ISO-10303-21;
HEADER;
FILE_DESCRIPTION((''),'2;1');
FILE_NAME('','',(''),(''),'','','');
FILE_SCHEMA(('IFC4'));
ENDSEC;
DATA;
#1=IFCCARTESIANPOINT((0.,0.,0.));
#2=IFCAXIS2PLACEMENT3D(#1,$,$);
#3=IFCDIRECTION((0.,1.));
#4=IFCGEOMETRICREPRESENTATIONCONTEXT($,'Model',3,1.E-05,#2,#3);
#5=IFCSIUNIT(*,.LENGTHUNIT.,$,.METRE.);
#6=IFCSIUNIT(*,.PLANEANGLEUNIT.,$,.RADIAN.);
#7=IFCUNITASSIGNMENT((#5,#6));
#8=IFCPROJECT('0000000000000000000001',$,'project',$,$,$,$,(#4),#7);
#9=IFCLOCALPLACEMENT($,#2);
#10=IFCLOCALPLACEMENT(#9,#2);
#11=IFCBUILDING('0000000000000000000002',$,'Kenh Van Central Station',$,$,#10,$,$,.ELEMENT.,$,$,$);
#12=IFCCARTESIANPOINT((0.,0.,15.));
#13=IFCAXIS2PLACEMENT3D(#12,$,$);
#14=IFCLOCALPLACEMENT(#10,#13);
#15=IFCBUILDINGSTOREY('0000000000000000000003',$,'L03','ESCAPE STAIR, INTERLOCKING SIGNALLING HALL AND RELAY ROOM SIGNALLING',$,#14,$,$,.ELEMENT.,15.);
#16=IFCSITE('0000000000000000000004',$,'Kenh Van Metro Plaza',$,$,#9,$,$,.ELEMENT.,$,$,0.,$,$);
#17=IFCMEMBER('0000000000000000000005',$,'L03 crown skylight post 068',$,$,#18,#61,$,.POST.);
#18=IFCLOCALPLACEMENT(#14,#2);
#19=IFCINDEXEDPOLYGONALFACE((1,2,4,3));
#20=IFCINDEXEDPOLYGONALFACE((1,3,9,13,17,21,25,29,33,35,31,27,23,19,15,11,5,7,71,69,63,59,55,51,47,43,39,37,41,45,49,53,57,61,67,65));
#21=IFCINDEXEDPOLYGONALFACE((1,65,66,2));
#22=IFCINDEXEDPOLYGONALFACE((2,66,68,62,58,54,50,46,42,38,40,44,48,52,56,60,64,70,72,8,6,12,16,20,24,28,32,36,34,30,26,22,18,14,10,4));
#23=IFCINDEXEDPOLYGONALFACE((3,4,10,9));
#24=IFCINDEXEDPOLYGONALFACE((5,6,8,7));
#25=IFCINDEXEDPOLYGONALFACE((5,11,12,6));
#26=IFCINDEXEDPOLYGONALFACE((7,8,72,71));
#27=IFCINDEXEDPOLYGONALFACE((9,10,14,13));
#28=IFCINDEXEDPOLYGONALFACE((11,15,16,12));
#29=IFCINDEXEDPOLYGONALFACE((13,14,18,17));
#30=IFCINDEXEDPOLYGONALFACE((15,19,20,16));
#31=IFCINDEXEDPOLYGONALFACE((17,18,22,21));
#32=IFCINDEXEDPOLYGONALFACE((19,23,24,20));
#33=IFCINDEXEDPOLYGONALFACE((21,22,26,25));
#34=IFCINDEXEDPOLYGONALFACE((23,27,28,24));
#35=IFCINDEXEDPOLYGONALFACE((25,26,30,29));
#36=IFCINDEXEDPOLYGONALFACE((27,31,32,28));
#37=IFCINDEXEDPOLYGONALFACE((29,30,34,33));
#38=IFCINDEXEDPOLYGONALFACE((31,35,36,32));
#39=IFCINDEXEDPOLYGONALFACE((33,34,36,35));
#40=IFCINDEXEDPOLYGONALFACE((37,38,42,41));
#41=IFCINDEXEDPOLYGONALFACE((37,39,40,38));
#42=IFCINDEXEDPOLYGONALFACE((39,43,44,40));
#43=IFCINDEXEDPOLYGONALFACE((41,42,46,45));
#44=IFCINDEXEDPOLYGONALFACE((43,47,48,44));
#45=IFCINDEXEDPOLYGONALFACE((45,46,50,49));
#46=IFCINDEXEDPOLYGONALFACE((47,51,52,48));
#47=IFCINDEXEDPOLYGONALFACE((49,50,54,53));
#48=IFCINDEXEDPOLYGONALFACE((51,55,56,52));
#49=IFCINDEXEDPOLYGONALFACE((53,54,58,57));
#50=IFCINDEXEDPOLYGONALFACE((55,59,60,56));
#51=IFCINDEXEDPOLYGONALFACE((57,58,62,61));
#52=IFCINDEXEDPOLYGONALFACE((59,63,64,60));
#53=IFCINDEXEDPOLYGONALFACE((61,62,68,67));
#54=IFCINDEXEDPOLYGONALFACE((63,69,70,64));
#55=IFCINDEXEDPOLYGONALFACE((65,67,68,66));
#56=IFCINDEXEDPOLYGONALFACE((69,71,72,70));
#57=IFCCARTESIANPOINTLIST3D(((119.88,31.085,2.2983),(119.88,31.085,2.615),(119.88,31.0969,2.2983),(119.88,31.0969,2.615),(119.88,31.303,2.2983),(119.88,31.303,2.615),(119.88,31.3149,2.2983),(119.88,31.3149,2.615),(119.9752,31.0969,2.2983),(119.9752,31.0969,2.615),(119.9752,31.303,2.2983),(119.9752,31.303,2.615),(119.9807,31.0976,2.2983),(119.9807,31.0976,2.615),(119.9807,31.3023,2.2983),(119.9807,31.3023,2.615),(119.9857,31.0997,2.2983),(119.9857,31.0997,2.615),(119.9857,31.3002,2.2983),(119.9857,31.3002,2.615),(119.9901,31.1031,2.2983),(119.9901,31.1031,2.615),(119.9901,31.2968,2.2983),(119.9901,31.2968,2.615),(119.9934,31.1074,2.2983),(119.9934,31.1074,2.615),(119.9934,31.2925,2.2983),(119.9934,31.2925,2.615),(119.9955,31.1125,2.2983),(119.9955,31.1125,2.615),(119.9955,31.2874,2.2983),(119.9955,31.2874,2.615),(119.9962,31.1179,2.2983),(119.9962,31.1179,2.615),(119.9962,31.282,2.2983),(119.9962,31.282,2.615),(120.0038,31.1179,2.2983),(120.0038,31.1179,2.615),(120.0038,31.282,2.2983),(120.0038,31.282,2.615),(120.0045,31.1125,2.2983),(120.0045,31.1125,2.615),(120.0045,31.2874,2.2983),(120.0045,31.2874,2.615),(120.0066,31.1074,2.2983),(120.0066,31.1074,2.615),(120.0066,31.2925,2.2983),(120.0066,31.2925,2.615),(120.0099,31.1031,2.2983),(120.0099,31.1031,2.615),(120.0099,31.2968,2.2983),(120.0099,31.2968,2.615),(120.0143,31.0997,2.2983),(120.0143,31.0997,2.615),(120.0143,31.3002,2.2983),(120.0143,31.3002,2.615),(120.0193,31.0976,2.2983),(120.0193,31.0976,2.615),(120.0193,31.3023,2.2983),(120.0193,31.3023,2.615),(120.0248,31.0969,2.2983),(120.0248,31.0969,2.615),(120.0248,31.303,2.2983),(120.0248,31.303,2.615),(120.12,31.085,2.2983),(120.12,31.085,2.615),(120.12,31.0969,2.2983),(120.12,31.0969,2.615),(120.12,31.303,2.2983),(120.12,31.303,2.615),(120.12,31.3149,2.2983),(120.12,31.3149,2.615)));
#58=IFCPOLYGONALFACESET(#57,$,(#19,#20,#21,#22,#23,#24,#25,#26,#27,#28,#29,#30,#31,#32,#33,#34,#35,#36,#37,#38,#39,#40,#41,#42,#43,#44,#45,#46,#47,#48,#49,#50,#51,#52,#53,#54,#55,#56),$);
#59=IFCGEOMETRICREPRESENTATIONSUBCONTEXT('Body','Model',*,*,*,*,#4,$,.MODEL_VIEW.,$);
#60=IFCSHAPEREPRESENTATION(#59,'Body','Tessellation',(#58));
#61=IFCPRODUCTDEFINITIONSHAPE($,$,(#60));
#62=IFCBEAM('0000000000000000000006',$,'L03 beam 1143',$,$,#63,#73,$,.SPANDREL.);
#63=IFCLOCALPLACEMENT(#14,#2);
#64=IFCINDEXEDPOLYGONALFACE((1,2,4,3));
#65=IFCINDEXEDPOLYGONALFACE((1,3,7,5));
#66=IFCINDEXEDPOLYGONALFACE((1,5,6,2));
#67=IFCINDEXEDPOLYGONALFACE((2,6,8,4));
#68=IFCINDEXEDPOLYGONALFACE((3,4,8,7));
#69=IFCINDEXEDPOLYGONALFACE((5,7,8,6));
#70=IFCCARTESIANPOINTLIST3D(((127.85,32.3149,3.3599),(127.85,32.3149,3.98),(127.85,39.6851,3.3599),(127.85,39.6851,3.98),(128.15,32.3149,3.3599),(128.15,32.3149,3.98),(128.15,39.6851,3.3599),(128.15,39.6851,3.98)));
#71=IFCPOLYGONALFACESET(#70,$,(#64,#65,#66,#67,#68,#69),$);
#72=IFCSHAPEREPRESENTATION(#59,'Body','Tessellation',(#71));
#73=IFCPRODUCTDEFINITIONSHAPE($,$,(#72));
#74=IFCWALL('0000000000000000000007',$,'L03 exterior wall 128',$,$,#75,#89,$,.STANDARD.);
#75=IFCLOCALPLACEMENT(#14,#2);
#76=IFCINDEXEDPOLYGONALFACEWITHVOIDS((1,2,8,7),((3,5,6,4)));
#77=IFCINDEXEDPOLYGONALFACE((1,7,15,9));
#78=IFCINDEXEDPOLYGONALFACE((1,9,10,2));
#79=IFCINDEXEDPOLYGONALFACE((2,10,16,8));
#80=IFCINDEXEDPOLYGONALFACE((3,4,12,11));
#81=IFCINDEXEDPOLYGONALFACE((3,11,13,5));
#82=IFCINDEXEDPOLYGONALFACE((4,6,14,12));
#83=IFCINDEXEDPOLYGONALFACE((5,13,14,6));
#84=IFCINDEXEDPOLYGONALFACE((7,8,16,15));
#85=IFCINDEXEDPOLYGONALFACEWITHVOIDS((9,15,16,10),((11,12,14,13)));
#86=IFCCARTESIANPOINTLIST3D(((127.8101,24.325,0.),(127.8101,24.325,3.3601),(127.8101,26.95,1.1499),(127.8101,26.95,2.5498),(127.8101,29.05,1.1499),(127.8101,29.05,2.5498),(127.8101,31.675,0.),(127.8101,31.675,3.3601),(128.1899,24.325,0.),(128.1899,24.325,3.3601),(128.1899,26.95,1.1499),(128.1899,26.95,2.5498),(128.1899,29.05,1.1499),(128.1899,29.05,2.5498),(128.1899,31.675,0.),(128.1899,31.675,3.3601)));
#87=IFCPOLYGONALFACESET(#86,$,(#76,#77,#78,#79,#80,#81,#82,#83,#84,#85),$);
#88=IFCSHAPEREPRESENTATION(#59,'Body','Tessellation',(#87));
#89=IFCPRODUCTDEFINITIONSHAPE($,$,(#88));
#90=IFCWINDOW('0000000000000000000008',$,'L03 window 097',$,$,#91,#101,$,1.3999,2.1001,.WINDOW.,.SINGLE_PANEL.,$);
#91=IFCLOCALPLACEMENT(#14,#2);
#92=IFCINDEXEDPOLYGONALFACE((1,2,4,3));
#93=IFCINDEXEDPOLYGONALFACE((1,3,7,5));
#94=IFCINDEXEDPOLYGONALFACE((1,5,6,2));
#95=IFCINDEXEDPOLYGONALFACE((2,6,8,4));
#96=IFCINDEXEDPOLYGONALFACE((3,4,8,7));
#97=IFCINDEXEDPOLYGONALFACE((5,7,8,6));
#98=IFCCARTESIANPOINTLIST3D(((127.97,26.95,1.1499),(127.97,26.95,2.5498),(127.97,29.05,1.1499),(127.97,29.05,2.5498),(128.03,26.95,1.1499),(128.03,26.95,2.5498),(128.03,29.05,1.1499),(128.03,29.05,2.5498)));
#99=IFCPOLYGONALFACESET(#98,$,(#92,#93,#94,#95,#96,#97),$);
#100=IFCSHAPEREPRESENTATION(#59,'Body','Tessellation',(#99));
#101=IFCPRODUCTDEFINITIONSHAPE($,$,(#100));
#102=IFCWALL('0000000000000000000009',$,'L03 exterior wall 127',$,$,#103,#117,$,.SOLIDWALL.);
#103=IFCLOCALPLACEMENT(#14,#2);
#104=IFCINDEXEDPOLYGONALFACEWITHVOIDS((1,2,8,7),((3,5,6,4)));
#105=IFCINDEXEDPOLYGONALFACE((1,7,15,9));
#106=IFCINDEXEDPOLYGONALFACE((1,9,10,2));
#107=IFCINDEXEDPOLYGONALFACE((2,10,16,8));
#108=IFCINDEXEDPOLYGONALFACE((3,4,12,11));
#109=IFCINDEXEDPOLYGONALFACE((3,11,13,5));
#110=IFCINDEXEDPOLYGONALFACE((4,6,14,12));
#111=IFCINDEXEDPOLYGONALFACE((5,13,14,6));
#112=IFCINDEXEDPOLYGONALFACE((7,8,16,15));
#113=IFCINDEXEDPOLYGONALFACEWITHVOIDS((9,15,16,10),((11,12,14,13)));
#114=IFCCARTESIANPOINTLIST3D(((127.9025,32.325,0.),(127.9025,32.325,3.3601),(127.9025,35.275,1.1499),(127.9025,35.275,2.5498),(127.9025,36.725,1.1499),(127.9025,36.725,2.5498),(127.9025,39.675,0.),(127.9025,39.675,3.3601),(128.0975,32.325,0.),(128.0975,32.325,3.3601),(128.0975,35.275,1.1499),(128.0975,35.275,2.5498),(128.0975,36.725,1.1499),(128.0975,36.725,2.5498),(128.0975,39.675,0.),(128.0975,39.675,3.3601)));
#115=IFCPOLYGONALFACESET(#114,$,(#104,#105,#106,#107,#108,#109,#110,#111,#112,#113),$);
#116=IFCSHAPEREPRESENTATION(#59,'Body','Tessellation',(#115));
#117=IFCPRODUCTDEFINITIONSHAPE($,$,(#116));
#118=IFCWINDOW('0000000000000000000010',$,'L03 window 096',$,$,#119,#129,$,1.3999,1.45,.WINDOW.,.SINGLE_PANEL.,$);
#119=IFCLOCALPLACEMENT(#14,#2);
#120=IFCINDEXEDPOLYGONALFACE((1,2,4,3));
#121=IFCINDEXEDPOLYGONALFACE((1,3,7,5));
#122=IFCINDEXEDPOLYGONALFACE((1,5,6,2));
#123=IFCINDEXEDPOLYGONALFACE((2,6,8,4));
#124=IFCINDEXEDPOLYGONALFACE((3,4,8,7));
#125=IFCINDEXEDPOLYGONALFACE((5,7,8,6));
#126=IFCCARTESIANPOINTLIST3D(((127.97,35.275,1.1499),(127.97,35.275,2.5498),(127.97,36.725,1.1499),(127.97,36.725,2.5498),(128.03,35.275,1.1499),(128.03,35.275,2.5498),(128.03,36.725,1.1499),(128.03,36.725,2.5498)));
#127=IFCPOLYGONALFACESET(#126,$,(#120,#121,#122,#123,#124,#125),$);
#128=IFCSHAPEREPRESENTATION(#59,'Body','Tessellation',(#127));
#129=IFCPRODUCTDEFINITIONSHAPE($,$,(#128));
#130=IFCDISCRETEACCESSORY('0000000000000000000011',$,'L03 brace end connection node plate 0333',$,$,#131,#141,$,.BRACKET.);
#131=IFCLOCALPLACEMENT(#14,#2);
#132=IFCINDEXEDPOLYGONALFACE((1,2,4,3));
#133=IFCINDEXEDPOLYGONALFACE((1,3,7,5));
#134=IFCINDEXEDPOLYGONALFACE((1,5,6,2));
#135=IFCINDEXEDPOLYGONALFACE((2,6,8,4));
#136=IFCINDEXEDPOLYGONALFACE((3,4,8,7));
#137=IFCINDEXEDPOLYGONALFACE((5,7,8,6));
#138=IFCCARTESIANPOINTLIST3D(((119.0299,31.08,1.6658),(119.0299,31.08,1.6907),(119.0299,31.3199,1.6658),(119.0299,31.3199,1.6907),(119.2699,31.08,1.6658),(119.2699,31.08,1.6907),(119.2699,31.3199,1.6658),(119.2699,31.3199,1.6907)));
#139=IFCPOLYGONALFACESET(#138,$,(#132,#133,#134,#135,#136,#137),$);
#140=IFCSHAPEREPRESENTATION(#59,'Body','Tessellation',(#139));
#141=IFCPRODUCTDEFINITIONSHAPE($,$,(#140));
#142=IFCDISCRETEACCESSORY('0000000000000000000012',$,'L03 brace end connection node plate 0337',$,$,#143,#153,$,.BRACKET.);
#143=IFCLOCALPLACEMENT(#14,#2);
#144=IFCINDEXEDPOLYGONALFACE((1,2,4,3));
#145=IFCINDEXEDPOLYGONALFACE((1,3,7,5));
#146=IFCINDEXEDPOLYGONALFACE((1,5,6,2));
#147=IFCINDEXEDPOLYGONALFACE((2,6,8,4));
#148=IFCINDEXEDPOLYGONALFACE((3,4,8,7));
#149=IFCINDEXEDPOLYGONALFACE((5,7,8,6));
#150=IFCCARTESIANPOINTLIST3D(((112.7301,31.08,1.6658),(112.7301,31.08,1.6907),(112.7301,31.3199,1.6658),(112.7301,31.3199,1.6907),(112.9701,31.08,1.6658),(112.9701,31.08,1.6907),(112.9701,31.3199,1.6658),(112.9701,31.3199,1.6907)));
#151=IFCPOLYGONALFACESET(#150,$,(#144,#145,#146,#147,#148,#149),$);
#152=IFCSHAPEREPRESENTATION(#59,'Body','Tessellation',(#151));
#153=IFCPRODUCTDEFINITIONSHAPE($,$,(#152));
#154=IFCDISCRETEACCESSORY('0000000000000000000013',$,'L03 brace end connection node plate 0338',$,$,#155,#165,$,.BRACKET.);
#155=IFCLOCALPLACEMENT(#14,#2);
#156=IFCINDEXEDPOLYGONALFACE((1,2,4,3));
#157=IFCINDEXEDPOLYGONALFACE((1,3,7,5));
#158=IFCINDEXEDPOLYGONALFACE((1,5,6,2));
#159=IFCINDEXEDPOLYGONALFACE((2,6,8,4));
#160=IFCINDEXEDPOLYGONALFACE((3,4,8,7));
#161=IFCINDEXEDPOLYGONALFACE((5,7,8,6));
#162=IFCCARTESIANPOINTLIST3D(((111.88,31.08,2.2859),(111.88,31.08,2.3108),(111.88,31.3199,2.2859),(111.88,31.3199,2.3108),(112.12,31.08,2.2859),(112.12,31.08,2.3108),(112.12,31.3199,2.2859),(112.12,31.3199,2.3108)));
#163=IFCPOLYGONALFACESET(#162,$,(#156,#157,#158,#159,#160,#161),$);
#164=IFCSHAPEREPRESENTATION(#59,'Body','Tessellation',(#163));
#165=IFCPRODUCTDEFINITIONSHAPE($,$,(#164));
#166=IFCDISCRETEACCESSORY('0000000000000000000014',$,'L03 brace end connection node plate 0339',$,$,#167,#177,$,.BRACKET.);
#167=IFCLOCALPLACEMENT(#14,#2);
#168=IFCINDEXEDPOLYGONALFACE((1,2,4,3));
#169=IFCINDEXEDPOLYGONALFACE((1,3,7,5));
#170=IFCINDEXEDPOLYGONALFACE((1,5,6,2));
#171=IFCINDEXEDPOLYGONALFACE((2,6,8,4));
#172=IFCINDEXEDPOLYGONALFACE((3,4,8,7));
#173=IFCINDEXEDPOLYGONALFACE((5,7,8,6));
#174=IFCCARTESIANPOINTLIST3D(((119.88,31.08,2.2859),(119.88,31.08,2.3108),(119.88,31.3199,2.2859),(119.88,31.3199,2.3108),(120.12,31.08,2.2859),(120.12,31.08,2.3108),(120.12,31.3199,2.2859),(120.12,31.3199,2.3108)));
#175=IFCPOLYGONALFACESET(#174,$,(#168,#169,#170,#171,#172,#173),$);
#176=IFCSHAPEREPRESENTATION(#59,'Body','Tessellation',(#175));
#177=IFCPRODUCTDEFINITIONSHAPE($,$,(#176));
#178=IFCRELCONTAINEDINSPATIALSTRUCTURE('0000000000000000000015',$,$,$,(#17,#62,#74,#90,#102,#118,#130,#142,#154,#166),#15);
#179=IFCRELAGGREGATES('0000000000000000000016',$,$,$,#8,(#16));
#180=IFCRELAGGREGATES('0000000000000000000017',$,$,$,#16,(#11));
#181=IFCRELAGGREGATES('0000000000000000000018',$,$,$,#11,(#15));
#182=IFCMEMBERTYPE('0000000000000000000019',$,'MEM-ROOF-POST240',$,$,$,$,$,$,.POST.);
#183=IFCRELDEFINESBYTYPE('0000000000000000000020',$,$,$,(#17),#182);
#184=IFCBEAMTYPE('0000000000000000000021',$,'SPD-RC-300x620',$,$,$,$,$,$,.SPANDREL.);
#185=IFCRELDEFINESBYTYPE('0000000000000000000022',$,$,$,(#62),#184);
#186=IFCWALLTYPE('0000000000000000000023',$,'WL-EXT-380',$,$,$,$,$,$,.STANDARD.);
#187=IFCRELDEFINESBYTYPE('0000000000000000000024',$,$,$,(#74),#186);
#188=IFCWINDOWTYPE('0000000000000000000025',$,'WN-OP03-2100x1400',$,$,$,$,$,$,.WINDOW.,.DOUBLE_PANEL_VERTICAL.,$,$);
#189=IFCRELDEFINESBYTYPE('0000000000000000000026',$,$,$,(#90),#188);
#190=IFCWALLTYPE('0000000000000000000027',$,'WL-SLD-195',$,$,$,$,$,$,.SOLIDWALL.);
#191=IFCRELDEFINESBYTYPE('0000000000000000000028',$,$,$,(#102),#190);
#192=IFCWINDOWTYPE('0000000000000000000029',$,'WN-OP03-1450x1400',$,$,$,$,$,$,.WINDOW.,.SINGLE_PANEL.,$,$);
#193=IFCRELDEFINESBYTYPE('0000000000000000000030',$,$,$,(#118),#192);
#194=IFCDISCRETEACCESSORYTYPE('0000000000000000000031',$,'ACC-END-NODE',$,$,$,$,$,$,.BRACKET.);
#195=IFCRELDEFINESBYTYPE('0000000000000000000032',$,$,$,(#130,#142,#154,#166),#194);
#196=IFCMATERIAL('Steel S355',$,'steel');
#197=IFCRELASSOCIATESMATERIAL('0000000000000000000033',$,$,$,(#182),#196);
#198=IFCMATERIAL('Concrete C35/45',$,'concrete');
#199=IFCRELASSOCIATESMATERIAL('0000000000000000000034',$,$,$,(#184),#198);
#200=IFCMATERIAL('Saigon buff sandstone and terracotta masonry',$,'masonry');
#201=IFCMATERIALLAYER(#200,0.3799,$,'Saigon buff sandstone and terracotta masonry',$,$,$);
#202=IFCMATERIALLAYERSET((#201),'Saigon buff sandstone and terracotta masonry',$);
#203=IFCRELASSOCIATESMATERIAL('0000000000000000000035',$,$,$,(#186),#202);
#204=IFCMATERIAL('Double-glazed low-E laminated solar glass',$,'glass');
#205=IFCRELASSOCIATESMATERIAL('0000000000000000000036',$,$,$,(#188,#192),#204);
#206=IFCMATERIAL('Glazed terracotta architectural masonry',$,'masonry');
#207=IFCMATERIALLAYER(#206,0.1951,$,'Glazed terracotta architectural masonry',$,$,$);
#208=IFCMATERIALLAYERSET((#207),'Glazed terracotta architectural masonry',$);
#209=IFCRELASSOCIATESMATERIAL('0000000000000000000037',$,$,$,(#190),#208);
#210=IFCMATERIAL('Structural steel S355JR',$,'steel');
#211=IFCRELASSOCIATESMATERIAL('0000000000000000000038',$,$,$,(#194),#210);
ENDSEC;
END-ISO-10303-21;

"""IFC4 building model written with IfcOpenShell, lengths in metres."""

from ifc_helpers import new_model, si_unit, direction, frame, frame_2d, origin, origin_2d, place, context, subcontext, project, spatial, rectangle, i_section, extrude, material, layer, layer_set, material_profile, profile_set, type_object, element, fill, save


model = new_model("IFC4")

# Units and contexts
model_context = context("Model", 3, precision=1e-05, world=origin(), true_north=direction((0.0, 1.0)))
body_context = subcontext(model_context, "Body", "Model", "MODEL_VIEW")
ifc_project = project(units=[si_unit("LENGTHUNIT", "METRE"), si_unit("PLANEANGLEUNIT", "RADIAN")], contexts=[model_context])

# Site, building, storey
site_placement = place(None, origin())
site = spatial("IfcSite", under=ifc_project, at=site_placement, Name="Kenh Van Metro Plaza", CompositionType="ELEMENT", RefElevation=0.0)
building_placement = place(site_placement, origin())
building = spatial("IfcBuilding", under=site, at=building_placement, Name="Kenh Van Central Station", CompositionType="ELEMENT")
storey_placement = place(building_placement, frame((0.0, 0.0, 15.0)))
storey = spatial("IfcBuildingStorey", under=building, at=storey_placement, Name="L03", Description="ESCAPE STAIR, INTERLOCKING SIGNALLING HALL AND RELAY ROOM SIGNALLING", CompositionType="ELEMENT", Elevation=15.0)

# Shared definitions
ifc_material_1 = material(Name="Concrete C35/45", Category="concrete")

# Shared definitions
ifc_material_2 = material(Name="Steel S355", Category="steel")

# Member
ifc_material_profile_1 = material_profile(ifc_material_2, i_section(OverallWidth=0.24, OverallDepth=0.23, WebThickness=0.0076, FlangeThickness=0.012, FilletRadius=0.021, at=origin_2d()), Name="HEA 240")
ifc_profile_set_1 = profile_set([ifc_material_profile_1], Name="Steel S355")
member_type_1 = type_object("IfcMemberType", Name="MEM-ROOF-POST240", PredefinedType="POST", material=ifc_profile_set_1)
member_placement = place(storey_placement, frame((120.0, 31.2, 2.2983), z_axis=(0.0, 0.0, 1.0), x_axis=(1.0, 0.0, 0.0)))
element("IfcMember", 1, at=member_placement, inside=storey, type_object=member_type_1, Name="L03 crown skylight post 068", PredefinedType="POST", context=body_context, shape_type="SweptSolid", body=[
    extrude(i_section(OverallWidth=0.24, OverallDepth=0.23, WebThickness=0.0076, FlangeThickness=0.012, FilletRadius=0.021, at=origin_2d()), origin(), (0.0, 0.0, 1.0), 0.3167),
])

# Beam
ifc_material_profile_2 = material_profile(ifc_material_1, rectangle(XDim=0.3, YDim=0.6201, at=origin_2d()), Name="RC 300x620")
ifc_profile_set_2 = profile_set([ifc_material_profile_2], Name="Concrete C35/45")
beam_type_1 = type_object("IfcBeamType", Name="SPD-RC-300x620", PredefinedType="SPANDREL", material=ifc_profile_set_2)
beam_1_placement = place(storey_placement, frame((128.0, 32.3149, 3.6699), z_axis=(0.0, 1.0, 0.0), x_axis=(-1.0, 0.0, 0.0)))
element("IfcBeam", 2, at=beam_1_placement, inside=storey, type_object=beam_type_1, Name="L03 beam 1143", PredefinedType="SPANDREL", context=body_context, shape_type="SweptSolid", body=[
    extrude(rectangle(XDim=0.3, YDim=0.6201, at=origin_2d()), origin(), (0.0, 0.0, 1.0), 7.3701),
])

# Walls, openings, windows
ifc_material_3 = material(Name="Saigon buff sandstone and terracotta masonry", Category="masonry")
ifc_layer_1 = layer(ifc_material_3, 0.3799, Name="Saigon buff sandstone and terracotta masonry")
ifc_layer_set_1 = layer_set([ifc_layer_1], Name="Saigon buff sandstone and terracotta masonry")
wall_type_1 = type_object("IfcWallType", Name="WL-EXT-380", PredefinedType="STANDARD", material=ifc_layer_set_1)
wall_1_placement = place(storey_placement, frame((128.0, 31.675, 0.0), z_axis=(0.0, 0.0, 1.0), x_axis=(0.0, -1.0, 0.0)))
wall_1 = element("IfcWall", 3, at=wall_1_placement, inside=storey, type_object=wall_type_1, Name="L03 exterior wall 128", PredefinedType="STANDARD", context=body_context, shape_type="SweptSolid", body=[
    extrude(rectangle(XDim=7.3501, YDim=0.3799, at=frame_2d((3.675, 0.0))), origin(), (0.0, 0.0, 1.0), 3.3601),
])
opening_1_placement = place(wall_1_placement, frame((2.625, 0.0, 1.1499)))
opening_1 = element("IfcOpeningElement", 4, at=opening_1_placement, cuts=wall_1, PredefinedType="OPENING", context=body_context, shape_type="SweptSolid", body=[
    extrude(rectangle(XDim=2.1001, YDim=1.3999, at=frame_2d((1.05, 0.7))), frame((0.0, 0.2, 0.0), z_axis=(0.0, -1.0, 0.0), x_axis=(1.0, 0.0, 0.0)), (0.0, 0.0, 1.0), 0.3999),
])
ifc_material_4 = material(Name="Double-glazed low-E laminated solar glass", Category="glass")
window_type_1 = type_object("IfcWindowType", Name="WN-OP03-2100x1400", PartitioningType="DOUBLE_PANEL_VERTICAL", PredefinedType="WINDOW", material=ifc_material_4)
window_1_placement = place(opening_1_placement, origin())
window_1 = element("IfcWindow", 5, at=window_1_placement, inside=storey, type_object=window_type_1, Name="L03 window 097", OverallHeight=1.3999, OverallWidth=2.1001, PartitioningType="SINGLE_PANEL", PredefinedType="WINDOW", context=body_context, shape_type="SweptSolid", body=[
    extrude(rectangle(XDim=2.1001, YDim=1.3999, at=frame_2d((1.05, 0.7))), frame((0.0, 0.03, 0.0), z_axis=(0.0, -1.0, 0.0), x_axis=(1.0, 0.0, 0.0)), (0.0, 0.0, 1.0), 0.0601),
])
fill(opening_1, window_1)
ifc_material_5 = material(Name="Glazed terracotta architectural masonry", Category="masonry")
ifc_layer_2 = layer(ifc_material_5, 0.1951, Name="Glazed terracotta architectural masonry")
ifc_layer_set_2 = layer_set([ifc_layer_2], Name="Glazed terracotta architectural masonry")
wall_type_2 = type_object("IfcWallType", Name="WL-SLD-195", PredefinedType="SOLIDWALL", material=ifc_layer_set_2)
wall_2_placement = place(storey_placement, frame((128.0, 39.675, 0.0), z_axis=(0.0, 0.0, 1.0), x_axis=(0.0, -1.0, 0.0)))
wall_2 = element("IfcWall", 6, at=wall_2_placement, inside=storey, type_object=wall_type_2, Name="L03 exterior wall 127", PredefinedType="SOLIDWALL", context=body_context, shape_type="SweptSolid", body=[
    extrude(rectangle(XDim=7.3501, YDim=0.1951, at=frame_2d((3.675, 0.0))), origin(), (0.0, 0.0, 1.0), 3.3601),
])
opening_2_placement = place(wall_2_placement, frame((2.95, 0.0, 1.1499)))
opening_2 = element("IfcOpeningElement", 7, at=opening_2_placement, cuts=wall_2, PredefinedType="OPENING", context=body_context, shape_type="SweptSolid", body=[
    extrude(rectangle(XDim=1.45, YDim=1.3999, at=frame_2d((0.7251, 0.7))), frame((0.0, 0.1074, 0.0), z_axis=(0.0, -1.0, 0.0), x_axis=(1.0, 0.0, 0.0)), (0.0, 0.0, 1.0), 0.2151),
])
window_type_2 = type_object("IfcWindowType", Name="WN-OP03-1450x1400", PartitioningType="SINGLE_PANEL", PredefinedType="WINDOW", material=ifc_material_4)
window_2_placement = place(opening_2_placement, origin())
window_2 = element("IfcWindow", 8, at=window_2_placement, inside=storey, type_object=window_type_2, Name="L03 window 096", OverallHeight=1.3999, OverallWidth=1.45, PartitioningType="SINGLE_PANEL", PredefinedType="WINDOW", context=body_context, shape_type="SweptSolid", body=[
    extrude(rectangle(XDim=1.45, YDim=1.3999, at=frame_2d((0.7251, 0.7))), frame((0.0, 0.03, 0.0), z_axis=(0.0, -1.0, 0.0), x_axis=(1.0, 0.0, 0.0)), (0.0, 0.0, 1.0), 0.0601),
])
fill(opening_2, window_2)

# Discrete accessories
ifc_material_6 = material(Name="Structural steel S355JR", Category="steel")
discrete_accessory_type = type_object("IfcDiscreteAccessoryType", Name="ACC-END-NODE", PredefinedType="BRACKET", material=ifc_material_6)
for number, where, z_axis, x_axis, name in (
    (9, (119.1499, 31.2, 1.6658), (0.0, 0.0, 1.0), (1.0, 0.0, 0.0), "L03 brace end connection node plate 0333"),
    (10, (112.8501, 31.2, 1.6658), (0.0, 0.0, 1.0), (1.0, 0.0, 0.0), "L03 brace end connection node plate 0337"),
    (11, (112.0, 31.2, 2.2859), (0.0, 0.0, 1.0), (1.0, 0.0, 0.0), "L03 brace end connection node plate 0338"),
    (12, (120.0, 31.2, 2.2859), (0.0, 0.0, 1.0), (1.0, 0.0, 0.0), "L03 brace end connection node plate 0339"),
):
    element("IfcDiscreteAccessory", number, at=place(storey_placement, frame(where, z_axis=z_axis, x_axis=x_axis)), inside=storey, type_object=discrete_accessory_type, Name=name, PredefinedType="BRACKET", context=body_context, shape_type="SweptSolid", body=[
        extrude(rectangle(XDim=0.24, YDim=0.24, at=origin_2d()), origin(), (0.0, 0.0, 1.0), 0.0249),
    ])

save(model, "model.ifc")
